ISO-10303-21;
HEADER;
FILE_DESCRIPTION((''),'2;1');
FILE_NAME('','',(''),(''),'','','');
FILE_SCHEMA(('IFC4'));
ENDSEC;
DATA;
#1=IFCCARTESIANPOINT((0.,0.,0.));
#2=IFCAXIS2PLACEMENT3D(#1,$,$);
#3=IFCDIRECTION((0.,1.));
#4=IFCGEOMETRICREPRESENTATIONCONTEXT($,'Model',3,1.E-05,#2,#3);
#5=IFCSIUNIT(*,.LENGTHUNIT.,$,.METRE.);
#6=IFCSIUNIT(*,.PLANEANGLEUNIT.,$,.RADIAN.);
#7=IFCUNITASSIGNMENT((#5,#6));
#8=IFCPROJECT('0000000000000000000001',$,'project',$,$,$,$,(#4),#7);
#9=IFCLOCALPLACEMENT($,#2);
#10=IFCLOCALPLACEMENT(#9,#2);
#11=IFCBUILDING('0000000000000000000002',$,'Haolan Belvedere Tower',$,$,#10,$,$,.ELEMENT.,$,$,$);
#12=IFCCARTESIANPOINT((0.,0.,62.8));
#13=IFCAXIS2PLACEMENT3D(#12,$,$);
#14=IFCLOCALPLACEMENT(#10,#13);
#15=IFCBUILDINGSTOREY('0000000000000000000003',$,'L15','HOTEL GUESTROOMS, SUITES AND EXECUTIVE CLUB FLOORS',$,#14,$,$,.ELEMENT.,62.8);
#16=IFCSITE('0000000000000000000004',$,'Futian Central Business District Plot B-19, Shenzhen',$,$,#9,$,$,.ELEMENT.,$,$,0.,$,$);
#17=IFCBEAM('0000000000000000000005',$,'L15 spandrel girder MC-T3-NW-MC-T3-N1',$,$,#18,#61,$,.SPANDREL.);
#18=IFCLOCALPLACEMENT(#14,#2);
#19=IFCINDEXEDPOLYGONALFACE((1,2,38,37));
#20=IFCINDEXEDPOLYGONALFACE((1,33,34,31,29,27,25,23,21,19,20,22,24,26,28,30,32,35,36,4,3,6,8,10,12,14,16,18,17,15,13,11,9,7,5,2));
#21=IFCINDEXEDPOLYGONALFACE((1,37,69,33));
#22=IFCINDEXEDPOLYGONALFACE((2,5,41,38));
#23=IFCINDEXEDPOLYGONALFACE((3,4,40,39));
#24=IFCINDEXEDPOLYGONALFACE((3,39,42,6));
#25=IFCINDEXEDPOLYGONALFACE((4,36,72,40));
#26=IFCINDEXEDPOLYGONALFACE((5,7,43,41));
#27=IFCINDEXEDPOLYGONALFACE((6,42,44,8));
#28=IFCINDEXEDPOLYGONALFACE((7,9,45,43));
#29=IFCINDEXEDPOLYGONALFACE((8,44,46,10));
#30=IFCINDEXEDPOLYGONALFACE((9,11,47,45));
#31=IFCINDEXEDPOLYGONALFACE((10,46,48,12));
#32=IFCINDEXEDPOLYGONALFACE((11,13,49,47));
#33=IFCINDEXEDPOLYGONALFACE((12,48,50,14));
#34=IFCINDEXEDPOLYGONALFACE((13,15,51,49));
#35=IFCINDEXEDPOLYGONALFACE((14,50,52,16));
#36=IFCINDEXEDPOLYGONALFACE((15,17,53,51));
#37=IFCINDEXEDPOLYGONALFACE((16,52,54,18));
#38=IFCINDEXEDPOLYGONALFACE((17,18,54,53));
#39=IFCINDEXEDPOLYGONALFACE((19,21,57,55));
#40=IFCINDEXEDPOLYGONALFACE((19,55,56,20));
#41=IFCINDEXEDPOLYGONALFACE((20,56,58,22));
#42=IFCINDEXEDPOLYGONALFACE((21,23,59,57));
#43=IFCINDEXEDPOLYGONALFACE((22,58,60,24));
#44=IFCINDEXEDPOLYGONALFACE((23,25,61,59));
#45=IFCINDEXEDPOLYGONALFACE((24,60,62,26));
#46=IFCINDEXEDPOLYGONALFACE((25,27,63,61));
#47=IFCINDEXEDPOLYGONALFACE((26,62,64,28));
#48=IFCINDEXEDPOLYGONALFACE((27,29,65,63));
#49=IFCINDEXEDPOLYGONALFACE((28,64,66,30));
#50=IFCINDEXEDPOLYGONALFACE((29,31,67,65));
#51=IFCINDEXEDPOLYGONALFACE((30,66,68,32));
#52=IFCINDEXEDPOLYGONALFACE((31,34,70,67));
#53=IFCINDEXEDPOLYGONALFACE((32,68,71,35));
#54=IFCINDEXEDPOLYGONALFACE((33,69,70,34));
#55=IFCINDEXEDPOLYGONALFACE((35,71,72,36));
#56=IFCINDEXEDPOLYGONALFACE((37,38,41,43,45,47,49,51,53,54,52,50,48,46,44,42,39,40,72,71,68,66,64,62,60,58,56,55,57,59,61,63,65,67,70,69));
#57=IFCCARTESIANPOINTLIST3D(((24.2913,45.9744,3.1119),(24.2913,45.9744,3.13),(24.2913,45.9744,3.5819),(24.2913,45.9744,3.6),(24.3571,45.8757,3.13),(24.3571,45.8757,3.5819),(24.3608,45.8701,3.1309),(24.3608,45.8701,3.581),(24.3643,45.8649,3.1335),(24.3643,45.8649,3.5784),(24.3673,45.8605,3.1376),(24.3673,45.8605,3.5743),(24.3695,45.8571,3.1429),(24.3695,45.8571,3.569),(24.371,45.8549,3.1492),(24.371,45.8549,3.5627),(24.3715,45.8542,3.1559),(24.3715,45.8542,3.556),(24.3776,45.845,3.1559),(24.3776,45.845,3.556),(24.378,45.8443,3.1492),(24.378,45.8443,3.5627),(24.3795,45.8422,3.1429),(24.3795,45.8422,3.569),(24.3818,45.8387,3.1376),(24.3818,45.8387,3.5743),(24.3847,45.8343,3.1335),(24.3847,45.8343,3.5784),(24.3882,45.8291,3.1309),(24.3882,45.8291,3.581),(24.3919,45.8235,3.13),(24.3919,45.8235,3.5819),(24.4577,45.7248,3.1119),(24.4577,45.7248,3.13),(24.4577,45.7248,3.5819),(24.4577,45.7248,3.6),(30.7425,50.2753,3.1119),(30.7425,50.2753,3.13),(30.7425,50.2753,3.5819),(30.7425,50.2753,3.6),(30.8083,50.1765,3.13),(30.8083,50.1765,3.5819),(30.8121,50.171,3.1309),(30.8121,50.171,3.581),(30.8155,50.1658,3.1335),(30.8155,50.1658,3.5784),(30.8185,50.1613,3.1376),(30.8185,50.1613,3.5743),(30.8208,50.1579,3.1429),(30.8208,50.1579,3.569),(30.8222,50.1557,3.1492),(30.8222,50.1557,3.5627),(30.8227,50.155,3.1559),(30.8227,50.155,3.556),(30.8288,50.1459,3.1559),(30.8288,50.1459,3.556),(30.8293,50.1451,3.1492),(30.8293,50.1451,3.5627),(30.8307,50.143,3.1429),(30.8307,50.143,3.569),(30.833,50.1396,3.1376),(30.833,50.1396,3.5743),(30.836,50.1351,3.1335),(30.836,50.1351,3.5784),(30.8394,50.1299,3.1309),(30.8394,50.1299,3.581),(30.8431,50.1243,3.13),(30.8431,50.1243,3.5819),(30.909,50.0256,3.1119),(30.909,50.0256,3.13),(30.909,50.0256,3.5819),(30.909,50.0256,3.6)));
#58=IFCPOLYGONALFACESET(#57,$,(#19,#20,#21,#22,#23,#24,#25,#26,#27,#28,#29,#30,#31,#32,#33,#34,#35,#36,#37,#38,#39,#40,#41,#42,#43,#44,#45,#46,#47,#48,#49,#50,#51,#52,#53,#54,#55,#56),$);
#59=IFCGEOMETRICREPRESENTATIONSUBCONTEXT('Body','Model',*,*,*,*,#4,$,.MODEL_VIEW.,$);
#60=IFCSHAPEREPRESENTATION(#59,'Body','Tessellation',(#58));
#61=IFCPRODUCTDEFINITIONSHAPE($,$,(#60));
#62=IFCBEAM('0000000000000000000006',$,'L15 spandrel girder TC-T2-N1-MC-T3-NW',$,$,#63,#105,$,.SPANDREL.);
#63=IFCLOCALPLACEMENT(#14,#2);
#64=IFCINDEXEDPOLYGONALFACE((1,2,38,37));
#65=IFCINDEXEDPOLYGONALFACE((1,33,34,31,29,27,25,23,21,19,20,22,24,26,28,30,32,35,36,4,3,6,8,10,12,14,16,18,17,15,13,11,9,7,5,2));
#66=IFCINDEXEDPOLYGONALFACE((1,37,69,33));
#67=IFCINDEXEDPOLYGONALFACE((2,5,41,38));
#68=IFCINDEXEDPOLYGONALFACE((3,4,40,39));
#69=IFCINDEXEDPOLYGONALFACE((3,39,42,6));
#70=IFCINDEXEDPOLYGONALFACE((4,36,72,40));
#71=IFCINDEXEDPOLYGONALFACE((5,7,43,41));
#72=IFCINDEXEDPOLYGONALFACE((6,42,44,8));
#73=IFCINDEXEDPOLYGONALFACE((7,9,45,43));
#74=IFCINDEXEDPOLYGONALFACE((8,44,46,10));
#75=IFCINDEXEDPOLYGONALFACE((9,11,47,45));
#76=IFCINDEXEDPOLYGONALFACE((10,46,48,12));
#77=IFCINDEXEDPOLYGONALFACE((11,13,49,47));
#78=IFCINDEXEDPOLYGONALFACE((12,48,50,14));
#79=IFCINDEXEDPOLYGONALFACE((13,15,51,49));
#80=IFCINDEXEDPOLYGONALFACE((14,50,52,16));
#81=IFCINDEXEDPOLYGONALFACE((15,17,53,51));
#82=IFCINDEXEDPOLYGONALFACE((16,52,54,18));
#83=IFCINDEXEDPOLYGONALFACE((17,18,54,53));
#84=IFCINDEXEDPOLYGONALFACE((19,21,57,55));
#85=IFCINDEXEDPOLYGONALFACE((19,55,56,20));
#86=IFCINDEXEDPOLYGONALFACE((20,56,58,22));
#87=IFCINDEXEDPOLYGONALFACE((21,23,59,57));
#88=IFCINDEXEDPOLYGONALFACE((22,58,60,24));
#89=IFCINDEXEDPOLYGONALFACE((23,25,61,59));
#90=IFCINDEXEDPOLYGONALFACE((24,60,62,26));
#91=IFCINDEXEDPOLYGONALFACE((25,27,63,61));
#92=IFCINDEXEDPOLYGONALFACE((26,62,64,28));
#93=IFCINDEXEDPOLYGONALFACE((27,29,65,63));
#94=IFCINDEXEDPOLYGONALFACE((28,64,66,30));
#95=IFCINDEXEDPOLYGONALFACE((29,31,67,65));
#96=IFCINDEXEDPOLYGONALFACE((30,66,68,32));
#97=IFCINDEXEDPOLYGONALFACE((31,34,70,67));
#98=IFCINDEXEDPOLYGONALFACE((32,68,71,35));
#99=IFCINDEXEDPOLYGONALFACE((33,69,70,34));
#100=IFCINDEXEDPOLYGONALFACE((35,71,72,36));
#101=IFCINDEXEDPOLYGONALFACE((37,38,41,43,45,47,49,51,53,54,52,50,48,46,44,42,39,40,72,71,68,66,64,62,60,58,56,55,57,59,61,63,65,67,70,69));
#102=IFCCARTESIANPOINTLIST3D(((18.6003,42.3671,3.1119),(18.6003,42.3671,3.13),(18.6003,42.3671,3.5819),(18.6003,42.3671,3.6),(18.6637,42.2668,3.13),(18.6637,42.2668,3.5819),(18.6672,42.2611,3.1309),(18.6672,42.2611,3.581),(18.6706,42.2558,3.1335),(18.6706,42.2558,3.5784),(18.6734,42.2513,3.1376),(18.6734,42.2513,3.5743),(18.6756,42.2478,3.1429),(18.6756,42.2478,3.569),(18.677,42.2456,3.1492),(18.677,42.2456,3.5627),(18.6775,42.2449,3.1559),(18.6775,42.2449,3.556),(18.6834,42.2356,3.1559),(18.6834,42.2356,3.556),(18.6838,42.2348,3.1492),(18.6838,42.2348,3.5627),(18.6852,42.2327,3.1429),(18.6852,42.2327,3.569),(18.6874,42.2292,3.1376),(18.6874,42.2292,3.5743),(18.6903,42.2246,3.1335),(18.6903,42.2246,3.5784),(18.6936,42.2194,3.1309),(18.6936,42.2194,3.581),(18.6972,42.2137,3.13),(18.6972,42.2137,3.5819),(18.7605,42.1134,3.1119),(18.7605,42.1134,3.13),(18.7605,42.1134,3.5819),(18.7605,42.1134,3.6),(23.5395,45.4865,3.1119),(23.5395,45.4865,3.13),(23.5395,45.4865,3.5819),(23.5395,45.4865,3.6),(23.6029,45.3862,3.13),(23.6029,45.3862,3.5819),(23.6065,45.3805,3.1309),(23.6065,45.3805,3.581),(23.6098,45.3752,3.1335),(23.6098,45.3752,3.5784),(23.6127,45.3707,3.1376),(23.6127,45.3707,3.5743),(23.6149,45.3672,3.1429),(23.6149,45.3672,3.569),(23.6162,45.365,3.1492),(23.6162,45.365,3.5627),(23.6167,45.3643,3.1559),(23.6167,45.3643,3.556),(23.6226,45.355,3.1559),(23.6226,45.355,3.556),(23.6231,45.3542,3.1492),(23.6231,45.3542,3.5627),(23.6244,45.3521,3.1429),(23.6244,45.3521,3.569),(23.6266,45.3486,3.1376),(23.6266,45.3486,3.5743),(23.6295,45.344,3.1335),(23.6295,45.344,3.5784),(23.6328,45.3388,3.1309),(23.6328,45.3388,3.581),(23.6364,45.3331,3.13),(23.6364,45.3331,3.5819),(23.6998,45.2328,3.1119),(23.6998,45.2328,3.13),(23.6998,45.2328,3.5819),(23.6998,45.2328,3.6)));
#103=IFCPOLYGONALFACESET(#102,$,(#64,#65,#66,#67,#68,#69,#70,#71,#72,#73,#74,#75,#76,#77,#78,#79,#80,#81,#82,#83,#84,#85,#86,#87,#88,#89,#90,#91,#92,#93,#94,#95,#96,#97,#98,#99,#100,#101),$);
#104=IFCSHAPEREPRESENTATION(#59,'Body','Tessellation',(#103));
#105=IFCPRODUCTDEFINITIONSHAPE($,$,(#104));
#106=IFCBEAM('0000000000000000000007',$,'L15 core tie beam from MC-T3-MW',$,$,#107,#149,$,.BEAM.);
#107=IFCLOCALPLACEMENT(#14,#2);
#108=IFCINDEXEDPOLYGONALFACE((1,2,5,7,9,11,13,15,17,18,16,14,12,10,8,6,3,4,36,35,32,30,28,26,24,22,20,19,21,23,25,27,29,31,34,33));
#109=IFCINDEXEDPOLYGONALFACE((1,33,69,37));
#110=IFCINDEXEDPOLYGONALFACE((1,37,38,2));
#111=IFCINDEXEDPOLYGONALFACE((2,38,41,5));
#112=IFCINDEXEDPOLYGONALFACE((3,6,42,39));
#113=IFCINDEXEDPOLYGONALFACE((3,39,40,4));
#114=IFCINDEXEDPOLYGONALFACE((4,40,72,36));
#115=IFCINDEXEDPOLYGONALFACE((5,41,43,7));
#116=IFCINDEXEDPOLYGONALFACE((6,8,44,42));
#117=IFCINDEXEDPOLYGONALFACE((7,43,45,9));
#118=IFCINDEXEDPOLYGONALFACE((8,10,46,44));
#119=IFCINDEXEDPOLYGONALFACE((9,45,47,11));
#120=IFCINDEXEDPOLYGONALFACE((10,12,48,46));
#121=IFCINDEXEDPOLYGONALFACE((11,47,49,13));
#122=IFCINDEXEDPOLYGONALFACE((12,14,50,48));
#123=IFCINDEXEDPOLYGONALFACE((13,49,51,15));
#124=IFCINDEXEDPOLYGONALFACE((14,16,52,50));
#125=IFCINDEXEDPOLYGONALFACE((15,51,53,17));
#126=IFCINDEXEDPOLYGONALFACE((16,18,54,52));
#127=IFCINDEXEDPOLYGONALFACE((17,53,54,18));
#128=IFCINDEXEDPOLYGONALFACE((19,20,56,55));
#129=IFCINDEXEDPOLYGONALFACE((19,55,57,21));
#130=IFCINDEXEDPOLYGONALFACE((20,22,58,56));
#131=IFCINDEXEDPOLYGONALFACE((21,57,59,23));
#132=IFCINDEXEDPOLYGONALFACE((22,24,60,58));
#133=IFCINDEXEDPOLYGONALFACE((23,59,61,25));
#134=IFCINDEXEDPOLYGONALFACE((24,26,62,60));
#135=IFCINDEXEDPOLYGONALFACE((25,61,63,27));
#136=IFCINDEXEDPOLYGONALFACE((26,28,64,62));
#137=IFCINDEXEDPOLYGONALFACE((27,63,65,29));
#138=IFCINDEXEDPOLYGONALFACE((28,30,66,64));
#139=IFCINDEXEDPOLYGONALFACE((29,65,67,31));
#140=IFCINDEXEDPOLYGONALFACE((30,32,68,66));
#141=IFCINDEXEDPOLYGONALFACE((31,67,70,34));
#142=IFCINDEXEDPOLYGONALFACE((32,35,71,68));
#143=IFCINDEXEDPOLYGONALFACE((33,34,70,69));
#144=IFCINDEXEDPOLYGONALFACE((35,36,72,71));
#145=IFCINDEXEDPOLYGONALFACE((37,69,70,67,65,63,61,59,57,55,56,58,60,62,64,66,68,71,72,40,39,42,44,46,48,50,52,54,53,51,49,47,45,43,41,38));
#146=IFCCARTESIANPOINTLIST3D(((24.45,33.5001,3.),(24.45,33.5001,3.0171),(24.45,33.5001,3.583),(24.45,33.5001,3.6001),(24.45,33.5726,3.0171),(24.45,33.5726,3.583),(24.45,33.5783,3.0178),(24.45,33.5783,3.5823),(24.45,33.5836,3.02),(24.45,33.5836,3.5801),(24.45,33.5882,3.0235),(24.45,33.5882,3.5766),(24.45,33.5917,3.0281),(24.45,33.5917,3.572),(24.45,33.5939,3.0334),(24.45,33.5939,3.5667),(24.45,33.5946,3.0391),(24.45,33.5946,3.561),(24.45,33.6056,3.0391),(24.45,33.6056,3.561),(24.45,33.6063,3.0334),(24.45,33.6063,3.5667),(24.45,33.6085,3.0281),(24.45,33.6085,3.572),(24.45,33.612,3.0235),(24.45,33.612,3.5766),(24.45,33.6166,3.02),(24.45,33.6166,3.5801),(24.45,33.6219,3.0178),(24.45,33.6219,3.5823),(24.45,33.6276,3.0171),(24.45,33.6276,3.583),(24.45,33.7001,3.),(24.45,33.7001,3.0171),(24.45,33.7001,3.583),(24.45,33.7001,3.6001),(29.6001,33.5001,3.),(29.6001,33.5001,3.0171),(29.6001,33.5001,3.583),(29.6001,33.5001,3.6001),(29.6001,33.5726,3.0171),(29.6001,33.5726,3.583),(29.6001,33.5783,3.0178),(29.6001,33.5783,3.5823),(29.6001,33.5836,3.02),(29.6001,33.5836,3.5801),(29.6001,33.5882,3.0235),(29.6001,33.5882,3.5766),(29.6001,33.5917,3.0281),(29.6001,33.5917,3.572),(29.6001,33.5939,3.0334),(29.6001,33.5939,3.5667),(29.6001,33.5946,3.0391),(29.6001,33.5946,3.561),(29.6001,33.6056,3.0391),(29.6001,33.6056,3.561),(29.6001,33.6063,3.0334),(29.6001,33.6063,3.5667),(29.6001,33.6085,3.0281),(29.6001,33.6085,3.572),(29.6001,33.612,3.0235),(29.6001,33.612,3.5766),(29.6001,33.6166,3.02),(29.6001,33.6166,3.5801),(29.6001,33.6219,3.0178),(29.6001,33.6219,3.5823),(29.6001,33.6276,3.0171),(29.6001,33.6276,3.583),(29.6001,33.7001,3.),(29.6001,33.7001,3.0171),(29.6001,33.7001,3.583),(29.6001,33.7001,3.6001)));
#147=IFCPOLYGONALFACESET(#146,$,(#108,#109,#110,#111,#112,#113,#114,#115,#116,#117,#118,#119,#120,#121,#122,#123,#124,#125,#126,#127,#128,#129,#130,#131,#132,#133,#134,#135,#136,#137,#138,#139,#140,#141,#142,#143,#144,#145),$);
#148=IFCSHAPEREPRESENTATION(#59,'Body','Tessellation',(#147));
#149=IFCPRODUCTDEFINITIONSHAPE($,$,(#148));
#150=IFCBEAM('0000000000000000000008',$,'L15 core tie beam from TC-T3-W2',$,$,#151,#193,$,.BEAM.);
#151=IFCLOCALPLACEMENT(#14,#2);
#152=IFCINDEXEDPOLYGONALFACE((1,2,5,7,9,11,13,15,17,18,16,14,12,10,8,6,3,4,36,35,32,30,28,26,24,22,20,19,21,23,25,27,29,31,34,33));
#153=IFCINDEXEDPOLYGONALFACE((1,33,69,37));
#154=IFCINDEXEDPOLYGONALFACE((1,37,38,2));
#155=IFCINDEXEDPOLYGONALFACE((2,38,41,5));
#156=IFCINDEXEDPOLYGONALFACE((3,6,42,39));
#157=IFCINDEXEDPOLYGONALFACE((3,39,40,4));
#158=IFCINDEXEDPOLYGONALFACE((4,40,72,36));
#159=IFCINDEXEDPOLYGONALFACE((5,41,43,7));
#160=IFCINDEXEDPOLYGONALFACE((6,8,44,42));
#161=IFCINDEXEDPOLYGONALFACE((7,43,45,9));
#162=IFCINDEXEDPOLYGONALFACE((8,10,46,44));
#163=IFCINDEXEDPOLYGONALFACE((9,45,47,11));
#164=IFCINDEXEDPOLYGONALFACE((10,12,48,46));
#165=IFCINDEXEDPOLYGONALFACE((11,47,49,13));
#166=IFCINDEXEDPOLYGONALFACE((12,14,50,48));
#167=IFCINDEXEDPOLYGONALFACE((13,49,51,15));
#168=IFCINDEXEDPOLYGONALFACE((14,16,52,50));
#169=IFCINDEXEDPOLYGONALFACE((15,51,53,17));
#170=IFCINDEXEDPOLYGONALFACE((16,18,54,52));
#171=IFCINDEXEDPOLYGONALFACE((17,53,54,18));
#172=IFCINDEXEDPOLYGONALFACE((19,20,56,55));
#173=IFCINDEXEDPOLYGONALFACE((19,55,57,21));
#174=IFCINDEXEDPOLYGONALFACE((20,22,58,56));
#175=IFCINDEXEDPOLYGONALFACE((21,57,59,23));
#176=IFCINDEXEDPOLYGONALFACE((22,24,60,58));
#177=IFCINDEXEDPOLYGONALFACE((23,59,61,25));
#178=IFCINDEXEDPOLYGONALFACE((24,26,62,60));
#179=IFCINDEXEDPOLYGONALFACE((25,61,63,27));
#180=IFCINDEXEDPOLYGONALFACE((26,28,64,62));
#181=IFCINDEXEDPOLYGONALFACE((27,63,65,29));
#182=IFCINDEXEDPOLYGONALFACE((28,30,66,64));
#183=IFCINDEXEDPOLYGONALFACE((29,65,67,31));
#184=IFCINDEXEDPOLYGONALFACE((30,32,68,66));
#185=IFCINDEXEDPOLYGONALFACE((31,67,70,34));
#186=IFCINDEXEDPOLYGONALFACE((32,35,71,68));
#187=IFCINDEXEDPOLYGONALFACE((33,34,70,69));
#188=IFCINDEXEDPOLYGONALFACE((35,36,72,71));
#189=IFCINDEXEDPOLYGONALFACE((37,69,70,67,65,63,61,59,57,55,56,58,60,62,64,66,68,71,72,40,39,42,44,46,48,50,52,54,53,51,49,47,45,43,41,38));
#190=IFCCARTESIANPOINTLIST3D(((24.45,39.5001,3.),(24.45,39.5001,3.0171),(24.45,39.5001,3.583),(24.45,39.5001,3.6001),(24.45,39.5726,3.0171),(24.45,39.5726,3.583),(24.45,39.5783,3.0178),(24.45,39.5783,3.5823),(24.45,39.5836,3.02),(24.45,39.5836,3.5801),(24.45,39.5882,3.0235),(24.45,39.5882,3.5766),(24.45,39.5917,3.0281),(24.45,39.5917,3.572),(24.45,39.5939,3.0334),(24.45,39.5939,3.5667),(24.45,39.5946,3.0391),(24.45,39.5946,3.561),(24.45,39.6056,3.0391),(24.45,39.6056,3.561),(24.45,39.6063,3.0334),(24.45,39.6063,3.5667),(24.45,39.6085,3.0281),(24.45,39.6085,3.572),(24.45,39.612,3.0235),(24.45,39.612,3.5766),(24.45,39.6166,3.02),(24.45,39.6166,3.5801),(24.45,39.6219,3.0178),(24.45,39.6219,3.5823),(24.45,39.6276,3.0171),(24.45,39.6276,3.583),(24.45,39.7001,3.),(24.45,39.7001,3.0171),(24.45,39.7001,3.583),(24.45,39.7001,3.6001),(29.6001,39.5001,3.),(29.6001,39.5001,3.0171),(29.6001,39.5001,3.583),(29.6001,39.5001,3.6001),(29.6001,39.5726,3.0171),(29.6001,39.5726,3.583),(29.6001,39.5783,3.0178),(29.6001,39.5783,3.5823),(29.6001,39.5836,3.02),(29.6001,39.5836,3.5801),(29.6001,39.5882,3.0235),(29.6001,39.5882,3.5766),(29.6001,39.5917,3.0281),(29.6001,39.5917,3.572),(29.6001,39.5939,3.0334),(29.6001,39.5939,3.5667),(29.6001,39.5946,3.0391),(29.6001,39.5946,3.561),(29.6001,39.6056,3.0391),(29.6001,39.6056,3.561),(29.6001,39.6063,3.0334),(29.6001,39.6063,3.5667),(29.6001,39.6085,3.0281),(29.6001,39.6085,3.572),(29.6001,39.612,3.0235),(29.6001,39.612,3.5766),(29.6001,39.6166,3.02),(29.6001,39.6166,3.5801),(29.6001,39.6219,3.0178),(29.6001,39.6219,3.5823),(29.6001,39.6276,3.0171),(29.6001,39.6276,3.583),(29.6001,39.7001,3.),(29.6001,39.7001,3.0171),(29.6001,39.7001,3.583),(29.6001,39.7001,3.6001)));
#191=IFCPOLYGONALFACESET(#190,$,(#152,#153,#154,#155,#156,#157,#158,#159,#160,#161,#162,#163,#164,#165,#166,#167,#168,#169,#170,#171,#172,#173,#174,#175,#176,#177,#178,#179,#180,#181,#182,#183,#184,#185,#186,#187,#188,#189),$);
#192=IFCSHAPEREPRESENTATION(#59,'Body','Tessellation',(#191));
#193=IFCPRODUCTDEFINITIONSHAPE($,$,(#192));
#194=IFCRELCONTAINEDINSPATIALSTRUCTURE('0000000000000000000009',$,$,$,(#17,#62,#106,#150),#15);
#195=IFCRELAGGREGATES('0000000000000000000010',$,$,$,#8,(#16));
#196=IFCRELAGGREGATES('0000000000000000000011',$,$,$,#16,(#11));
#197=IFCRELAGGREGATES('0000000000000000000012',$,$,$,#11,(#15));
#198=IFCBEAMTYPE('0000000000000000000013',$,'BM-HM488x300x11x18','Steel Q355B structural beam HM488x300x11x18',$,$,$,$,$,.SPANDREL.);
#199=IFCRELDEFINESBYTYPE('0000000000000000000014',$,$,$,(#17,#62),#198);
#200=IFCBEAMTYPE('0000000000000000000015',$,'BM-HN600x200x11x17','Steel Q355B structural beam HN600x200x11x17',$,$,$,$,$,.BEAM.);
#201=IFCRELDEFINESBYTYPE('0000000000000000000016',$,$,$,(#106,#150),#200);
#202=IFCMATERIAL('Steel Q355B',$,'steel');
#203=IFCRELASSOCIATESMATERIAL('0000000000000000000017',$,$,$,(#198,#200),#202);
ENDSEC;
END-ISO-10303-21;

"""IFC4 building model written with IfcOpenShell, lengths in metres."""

from ifc_helpers import new_model, si_unit, direction, frame, origin, origin_2d, place, context, subcontext, project, spatial, i_section, extrude, material, material_profile, profile_set, type_object, element, save


model = new_model("IFC4")

# Units and contexts
model_context = context("Model", 3, precision=1e-05, world=origin(), true_north=direction((0.0, 1.0)))
body_context = subcontext(model_context, "Body", "Model", "MODEL_VIEW")
ifc_project = project(units=[si_unit("LENGTHUNIT", "METRE"), si_unit("PLANEANGLEUNIT", "RADIAN")], contexts=[model_context])

# Site, building, storey
site_placement = place(None, origin())
site = spatial("IfcSite", under=ifc_project, at=site_placement, Name="Futian Central Business District Plot B-19, Shenzhen", CompositionType="ELEMENT", RefElevation=0.0)
building_placement = place(site_placement, origin())
building = spatial("IfcBuilding", under=site, at=building_placement, Name="Haolan Belvedere Tower", CompositionType="ELEMENT")
storey_placement = place(building_placement, frame((0.0, 0.0, 62.8)))
storey = spatial("IfcBuildingStorey", under=building, at=storey_placement, Name="L15", Description="HOTEL GUESTROOMS, SUITES AND EXECUTIVE CLUB FLOORS", CompositionType="ELEMENT", Elevation=62.8)

# Shared definitions
ifc_material_1 = material(Name="Steel Q355B", Category="steel")

# Beams
ifc_material_profile_1 = material_profile(ifc_material_1, i_section(OverallWidth=0.3, OverallDepth=0.488, WebThickness=0.011, FlangeThickness=0.0181, FilletRadius=0.0259, at=origin_2d()), Name="Steel Q355B")
ifc_profile_set_1 = profile_set([ifc_material_profile_1], Name="Steel Q355B")
beam_type_1 = type_object("IfcBeamType", Name="BM-HM488x300x11x18", Description="Steel Q355B structural beam HM488x300x11x18", PredefinedType="SPANDREL", material=ifc_profile_set_1)
beam_1_placement = place(storey_placement, frame((24.3745, 45.8496, 3.356), z_axis=(0.83205, 0.5547, 0.0), x_axis=(-0.5547, 0.83205, 0.0)))
element("IfcBeam", 1, at=beam_1_placement, inside=storey, type_object=beam_type_1, Name="L15 spandrel girder MC-T3-NW-MC-T3-N1", PredefinedType="SPANDREL", context=body_context, shape_type="SweptSolid", body=[
    extrude(i_section(OverallWidth=0.3, OverallDepth=0.488, WebThickness=0.011, FlangeThickness=0.0181, FilletRadius=0.0259, at=origin_2d()), origin(), (0.0, 0.0, 1.0), 7.7534),
])
beam_2_placement = place(storey_placement, frame((18.6804, 42.2402, 3.356), z_axis=(0.845498, 0.533979, 0.0), x_axis=(-0.533979, 0.845498, 0.0)))
element("IfcBeam", 2, at=beam_2_placement, inside=storey, type_object=beam_type_1, Name="L15 spandrel girder TC-T2-N1-MC-T3-NW", PredefinedType="SPANDREL", context=body_context, shape_type="SweptSolid", body=[
    extrude(i_section(OverallWidth=0.3, OverallDepth=0.488, WebThickness=0.011, FlangeThickness=0.0181, FilletRadius=0.0259, at=origin_2d()), origin(), (0.0, 0.0, 1.0), 5.8418),
])
ifc_material_profile_2 = material_profile(ifc_material_1, i_section(OverallWidth=0.2, OverallDepth=0.6001, WebThickness=0.011, FlangeThickness=0.0171, FilletRadius=0.022, at=origin_2d()), Name="Steel Q355B")
ifc_profile_set_2 = profile_set([ifc_material_profile_2], Name="Steel Q355B")
beam_type_2 = type_object("IfcBeamType", Name="BM-HN600x200x11x17", Description="Steel Q355B structural beam HN600x200x11x17", PredefinedType="BEAM", material=ifc_profile_set_2)
for number, where, z_axis, x_axis, name in (
    (3, (24.45, 33.6001, 3.3), (1.0, 0.0, 0.0), (0.0, 1.0, 0.0), "L15 core tie beam from MC-T3-MW"),
    (4, (24.45, 39.6001, 3.3), (1.0, 0.0, 0.0), (0.0, 1.0, 0.0), "L15 core tie beam from TC-T3-W2"),
):
    element("IfcBeam", number, at=place(storey_placement, frame(where, z_axis=z_axis, x_axis=x_axis)), inside=storey, type_object=beam_type_2, Name=name, PredefinedType="BEAM", context=body_context, shape_type="SweptSolid", body=[
        extrude(i_section(OverallWidth=0.2, OverallDepth=0.6001, WebThickness=0.011, FlangeThickness=0.0171, FilletRadius=0.022, at=origin_2d()), origin(), (0.0, 0.0, 1.0), 5.1501),
    ])

save(model, "model.ifc")
